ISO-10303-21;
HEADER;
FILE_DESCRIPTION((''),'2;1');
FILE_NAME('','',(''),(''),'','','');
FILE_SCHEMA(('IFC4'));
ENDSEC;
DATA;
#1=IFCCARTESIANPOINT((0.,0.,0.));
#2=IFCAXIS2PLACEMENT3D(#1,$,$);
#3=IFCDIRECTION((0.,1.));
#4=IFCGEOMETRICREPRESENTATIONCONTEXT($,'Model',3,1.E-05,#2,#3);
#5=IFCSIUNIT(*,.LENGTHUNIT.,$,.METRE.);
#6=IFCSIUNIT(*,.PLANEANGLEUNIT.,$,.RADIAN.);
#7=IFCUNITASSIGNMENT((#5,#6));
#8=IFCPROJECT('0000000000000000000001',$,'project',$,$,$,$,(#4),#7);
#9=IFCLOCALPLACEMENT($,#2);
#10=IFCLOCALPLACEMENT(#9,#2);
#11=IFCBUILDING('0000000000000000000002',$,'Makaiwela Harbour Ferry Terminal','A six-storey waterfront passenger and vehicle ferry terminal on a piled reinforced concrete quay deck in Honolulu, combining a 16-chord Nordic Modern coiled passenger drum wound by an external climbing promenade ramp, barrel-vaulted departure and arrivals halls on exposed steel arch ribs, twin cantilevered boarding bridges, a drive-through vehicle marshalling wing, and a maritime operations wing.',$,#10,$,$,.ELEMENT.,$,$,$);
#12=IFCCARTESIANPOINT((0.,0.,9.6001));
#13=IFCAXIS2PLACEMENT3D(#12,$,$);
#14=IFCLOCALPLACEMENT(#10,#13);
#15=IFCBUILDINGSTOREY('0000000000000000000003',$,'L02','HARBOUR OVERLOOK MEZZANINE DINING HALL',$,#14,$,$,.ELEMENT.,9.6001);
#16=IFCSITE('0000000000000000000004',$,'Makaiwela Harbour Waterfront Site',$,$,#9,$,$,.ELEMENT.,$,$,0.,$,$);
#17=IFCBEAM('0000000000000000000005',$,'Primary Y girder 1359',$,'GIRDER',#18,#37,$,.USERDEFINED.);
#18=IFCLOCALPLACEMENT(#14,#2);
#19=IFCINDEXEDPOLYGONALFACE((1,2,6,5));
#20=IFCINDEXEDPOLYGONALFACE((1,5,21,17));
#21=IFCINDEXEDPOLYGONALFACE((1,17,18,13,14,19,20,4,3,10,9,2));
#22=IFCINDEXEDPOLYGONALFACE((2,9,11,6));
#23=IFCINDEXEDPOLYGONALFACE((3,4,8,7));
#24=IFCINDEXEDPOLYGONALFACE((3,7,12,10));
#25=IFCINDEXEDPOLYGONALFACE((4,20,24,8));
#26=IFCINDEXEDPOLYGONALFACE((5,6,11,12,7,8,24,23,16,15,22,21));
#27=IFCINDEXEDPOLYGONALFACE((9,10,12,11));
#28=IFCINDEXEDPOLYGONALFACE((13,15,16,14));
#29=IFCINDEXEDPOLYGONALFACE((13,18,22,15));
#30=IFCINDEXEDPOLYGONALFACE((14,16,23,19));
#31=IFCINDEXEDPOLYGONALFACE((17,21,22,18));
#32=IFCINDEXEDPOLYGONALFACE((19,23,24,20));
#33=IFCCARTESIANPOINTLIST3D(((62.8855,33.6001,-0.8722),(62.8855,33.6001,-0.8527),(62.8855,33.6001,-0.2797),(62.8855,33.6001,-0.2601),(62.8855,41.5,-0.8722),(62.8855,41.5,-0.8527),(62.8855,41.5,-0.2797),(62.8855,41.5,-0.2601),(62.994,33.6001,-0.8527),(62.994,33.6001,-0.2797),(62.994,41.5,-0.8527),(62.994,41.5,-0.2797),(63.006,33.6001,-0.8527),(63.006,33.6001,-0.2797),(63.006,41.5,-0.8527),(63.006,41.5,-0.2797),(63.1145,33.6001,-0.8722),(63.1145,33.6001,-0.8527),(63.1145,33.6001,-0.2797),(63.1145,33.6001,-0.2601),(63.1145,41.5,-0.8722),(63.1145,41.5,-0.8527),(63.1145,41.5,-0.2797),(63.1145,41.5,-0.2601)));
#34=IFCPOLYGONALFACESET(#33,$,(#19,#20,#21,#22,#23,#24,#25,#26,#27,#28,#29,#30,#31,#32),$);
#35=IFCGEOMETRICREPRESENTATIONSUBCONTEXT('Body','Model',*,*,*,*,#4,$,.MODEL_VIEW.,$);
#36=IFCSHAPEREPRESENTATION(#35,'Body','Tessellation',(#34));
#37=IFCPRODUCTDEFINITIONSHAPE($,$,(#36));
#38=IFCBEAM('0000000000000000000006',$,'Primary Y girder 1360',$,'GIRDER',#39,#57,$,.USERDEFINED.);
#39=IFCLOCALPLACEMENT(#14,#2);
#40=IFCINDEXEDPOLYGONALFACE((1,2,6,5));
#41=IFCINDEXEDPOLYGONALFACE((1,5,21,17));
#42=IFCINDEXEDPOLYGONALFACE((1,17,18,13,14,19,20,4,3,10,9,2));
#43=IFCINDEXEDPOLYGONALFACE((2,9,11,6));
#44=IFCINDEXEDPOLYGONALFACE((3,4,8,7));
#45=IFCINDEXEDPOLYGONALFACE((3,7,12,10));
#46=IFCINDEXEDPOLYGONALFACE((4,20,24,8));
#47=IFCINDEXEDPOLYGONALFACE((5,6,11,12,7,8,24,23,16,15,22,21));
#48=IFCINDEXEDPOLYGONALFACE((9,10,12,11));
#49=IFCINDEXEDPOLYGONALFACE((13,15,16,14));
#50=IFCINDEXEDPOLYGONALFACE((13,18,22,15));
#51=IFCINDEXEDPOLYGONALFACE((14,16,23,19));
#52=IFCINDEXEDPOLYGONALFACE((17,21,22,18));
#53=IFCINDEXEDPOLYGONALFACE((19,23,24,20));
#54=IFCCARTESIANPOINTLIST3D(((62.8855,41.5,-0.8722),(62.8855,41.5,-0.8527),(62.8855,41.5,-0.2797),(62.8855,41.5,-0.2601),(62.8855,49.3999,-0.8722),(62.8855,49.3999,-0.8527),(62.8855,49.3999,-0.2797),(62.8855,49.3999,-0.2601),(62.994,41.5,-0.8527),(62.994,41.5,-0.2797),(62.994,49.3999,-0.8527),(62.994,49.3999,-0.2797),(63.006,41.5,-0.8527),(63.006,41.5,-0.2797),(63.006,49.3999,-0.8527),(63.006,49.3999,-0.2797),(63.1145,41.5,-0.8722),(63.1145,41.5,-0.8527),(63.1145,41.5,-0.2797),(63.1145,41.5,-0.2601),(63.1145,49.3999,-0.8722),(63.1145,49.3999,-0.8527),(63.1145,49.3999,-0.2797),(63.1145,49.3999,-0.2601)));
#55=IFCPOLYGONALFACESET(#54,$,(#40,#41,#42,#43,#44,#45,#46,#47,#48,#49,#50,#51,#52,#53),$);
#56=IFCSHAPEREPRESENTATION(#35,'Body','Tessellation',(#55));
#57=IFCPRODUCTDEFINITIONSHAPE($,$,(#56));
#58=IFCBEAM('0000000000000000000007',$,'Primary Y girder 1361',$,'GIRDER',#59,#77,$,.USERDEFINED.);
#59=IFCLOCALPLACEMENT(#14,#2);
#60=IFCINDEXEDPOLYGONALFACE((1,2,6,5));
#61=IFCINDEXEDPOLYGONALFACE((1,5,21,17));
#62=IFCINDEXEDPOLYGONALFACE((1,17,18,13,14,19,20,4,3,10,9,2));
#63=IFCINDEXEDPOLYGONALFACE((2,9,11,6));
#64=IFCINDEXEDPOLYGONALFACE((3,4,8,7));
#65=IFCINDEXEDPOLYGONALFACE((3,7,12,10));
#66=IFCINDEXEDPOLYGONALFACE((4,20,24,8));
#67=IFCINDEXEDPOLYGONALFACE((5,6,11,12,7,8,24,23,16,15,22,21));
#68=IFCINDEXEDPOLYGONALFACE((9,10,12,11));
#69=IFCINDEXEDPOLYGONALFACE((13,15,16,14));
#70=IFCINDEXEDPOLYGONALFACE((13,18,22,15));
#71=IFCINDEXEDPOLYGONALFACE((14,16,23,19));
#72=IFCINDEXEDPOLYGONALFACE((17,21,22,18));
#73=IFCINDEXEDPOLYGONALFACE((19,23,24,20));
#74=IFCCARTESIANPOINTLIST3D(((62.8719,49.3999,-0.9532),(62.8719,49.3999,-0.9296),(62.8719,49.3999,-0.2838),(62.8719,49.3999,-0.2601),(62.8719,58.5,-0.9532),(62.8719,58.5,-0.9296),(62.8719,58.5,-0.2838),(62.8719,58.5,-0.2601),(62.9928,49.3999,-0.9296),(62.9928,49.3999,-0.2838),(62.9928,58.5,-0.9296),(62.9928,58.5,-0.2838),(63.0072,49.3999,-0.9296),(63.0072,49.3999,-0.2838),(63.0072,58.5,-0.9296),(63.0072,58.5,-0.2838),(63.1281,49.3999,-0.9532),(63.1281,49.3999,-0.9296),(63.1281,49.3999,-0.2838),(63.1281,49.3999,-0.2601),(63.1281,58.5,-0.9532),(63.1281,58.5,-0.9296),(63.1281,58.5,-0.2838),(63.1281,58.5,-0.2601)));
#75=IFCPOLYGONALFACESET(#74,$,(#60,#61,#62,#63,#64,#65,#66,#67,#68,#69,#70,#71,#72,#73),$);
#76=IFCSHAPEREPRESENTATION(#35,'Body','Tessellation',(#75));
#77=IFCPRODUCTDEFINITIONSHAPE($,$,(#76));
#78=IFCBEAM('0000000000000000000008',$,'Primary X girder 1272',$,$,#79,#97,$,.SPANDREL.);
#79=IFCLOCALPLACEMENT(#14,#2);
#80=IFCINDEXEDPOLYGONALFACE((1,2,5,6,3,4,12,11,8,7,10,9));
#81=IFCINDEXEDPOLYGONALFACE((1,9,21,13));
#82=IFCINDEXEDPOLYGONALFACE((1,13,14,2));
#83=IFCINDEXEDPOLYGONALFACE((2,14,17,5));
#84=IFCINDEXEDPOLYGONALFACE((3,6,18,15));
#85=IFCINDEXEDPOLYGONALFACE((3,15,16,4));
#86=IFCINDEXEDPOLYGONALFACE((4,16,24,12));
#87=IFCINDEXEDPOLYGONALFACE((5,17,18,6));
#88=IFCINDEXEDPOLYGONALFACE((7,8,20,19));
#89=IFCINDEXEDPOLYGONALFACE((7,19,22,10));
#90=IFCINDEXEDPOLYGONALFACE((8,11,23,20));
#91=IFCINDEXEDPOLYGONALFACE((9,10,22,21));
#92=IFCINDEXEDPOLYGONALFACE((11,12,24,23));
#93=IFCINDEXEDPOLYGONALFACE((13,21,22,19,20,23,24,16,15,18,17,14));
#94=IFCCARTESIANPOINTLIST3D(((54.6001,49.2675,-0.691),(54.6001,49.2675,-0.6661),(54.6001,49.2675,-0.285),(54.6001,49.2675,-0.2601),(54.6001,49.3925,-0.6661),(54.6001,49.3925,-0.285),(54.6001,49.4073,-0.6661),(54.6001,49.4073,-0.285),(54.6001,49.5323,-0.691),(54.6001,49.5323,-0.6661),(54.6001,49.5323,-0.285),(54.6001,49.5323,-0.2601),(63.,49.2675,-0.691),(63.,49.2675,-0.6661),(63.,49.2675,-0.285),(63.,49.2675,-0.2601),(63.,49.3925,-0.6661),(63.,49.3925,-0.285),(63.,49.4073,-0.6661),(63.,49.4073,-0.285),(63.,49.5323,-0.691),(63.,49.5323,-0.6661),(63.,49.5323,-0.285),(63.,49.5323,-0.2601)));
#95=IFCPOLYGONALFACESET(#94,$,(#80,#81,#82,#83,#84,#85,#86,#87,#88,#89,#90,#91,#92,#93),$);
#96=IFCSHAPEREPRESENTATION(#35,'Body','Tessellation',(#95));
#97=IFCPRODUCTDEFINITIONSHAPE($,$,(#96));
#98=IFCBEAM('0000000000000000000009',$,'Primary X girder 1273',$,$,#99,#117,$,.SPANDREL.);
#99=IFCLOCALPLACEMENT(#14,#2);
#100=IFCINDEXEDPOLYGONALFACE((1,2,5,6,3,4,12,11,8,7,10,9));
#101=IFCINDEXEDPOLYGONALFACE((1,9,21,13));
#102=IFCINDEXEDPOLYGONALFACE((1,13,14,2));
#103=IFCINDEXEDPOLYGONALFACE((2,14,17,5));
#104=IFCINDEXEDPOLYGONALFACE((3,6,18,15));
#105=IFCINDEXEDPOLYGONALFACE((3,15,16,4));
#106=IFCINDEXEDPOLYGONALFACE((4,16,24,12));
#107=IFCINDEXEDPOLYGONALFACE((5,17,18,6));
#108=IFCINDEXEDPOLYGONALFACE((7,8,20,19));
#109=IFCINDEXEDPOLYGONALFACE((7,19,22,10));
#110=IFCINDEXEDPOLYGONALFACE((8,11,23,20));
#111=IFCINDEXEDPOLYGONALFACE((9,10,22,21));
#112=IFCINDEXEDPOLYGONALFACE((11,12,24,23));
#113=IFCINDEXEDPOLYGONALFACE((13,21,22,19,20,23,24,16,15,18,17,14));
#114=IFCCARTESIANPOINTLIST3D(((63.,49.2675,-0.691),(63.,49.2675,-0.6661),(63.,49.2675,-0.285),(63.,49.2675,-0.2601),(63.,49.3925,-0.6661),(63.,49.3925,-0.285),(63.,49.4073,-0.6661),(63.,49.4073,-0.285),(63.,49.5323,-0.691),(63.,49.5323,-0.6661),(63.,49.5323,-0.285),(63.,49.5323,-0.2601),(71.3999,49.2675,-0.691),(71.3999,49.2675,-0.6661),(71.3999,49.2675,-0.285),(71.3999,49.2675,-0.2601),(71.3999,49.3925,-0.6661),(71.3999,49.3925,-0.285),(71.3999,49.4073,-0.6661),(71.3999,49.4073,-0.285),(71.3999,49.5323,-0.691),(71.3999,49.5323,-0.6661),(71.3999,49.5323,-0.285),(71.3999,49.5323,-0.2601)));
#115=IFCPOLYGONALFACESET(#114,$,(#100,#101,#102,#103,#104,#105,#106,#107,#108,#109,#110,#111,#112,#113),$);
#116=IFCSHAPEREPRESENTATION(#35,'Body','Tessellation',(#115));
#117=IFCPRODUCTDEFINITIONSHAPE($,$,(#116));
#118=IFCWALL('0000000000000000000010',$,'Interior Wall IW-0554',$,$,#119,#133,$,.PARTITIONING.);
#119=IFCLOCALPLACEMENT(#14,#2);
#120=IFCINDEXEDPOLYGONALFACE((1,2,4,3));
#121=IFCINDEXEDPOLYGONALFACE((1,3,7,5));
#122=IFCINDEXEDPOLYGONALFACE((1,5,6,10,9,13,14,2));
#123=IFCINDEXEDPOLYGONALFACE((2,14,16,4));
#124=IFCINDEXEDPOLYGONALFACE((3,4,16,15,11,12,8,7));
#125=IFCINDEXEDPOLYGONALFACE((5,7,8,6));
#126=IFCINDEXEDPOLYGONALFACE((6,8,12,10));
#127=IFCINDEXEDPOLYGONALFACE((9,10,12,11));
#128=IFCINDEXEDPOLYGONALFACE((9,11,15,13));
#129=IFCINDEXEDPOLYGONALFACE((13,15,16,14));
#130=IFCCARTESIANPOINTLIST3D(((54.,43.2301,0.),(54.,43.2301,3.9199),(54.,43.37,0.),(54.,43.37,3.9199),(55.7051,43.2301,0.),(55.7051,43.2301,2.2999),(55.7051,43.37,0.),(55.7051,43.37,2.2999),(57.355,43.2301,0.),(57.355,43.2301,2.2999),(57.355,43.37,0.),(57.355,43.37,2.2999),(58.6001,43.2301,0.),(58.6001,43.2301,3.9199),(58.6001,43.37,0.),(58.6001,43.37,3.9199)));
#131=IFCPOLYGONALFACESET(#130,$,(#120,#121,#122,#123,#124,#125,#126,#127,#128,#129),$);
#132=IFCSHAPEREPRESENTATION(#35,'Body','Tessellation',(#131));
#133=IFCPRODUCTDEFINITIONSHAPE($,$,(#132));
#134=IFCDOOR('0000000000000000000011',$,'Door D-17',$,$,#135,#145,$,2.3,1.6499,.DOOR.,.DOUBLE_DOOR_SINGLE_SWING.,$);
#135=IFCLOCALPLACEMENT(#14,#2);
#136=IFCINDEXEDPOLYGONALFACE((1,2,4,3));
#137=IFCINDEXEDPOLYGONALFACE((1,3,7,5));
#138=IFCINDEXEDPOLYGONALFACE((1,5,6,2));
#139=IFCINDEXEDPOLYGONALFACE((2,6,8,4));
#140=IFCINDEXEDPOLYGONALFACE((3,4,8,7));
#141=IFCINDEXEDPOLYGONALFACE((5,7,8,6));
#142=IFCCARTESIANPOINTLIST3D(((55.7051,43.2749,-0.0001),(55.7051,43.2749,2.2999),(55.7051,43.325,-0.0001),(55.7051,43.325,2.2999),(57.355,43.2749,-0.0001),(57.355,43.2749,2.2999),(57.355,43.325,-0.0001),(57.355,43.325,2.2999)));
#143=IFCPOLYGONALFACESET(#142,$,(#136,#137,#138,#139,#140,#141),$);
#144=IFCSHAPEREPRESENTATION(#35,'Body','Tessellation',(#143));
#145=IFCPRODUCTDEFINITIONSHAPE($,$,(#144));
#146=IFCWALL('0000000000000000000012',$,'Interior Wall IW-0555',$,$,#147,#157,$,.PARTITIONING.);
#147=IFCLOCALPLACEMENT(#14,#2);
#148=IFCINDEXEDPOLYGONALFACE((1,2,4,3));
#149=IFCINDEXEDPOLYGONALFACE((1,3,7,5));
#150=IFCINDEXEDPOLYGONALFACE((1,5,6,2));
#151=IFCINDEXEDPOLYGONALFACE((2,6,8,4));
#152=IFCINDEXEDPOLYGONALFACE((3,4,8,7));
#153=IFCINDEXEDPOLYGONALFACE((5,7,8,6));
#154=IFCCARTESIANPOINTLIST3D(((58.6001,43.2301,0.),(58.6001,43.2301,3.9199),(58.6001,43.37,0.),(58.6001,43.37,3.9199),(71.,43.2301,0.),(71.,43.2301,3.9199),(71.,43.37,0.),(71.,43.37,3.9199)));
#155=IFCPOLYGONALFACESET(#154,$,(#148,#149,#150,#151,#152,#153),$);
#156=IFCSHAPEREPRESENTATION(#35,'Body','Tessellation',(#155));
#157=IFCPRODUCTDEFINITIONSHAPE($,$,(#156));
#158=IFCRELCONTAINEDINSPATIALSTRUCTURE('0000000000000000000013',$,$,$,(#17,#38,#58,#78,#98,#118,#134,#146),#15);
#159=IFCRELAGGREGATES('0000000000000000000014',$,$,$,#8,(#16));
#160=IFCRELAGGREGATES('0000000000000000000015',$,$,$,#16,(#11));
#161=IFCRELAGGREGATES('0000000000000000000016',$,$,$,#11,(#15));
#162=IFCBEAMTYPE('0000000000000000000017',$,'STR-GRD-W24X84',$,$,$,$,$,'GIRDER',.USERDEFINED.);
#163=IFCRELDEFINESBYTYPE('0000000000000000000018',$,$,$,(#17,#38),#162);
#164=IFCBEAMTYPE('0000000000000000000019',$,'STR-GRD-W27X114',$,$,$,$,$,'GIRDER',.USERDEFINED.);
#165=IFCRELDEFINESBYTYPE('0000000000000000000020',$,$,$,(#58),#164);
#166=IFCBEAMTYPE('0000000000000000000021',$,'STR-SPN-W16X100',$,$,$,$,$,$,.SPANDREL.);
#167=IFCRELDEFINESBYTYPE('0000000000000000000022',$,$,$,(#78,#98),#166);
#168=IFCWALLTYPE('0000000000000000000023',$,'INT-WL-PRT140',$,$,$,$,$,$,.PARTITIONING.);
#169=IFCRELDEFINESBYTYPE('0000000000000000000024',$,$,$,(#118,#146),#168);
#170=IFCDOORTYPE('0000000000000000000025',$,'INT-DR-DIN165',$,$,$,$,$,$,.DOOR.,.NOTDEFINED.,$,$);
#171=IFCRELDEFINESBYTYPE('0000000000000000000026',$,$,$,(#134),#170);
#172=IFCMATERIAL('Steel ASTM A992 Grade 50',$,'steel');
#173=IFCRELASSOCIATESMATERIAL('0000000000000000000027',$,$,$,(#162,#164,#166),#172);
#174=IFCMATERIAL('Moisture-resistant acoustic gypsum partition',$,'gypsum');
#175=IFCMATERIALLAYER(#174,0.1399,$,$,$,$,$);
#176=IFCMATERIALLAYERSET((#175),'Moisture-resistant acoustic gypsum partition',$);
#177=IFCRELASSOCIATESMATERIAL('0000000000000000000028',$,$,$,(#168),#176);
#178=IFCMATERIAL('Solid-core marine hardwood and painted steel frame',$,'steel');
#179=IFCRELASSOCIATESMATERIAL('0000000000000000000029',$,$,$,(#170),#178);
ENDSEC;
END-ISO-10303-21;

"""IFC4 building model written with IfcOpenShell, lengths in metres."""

from ifc_helpers import new_model, si_unit, direction, frame, frame_2d, origin, origin_2d, place, context, subcontext, project, spatial, rectangle, i_section, extrude, material, layer, layer_set, material_profile, profile_set, type_object, element, fill, save


model = new_model("IFC4")

# Units and contexts
model_context = context("Model", 3, precision=1e-05, world=origin(), true_north=direction((0.0, 1.0)))
body_context = subcontext(model_context, "Body", "Model", "MODEL_VIEW")
ifc_project = project(units=[si_unit("LENGTHUNIT", "METRE"), si_unit("PLANEANGLEUNIT", "RADIAN")], contexts=[model_context])

# Site, building, storey
site_placement = place(None, origin())
site = spatial("IfcSite", under=ifc_project, at=site_placement, Name="Makaiwela Harbour Waterfront Site", CompositionType="ELEMENT", RefElevation=0.0)
building_placement = place(site_placement, origin())
building = spatial("IfcBuilding", under=site, at=building_placement, Name="Makaiwela Harbour Ferry Terminal", Description="A six-storey waterfront passenger and vehicle ferry terminal on a piled reinforced concrete quay deck in Honolulu, combining a 16-chord Nordic Modern coiled passenger drum wound by an external climbing promenade ramp, barrel-vaulted departure and arrivals halls on exposed steel arch ribs, twin cantilevered boarding bridges, a drive-through vehicle marshalling wing, and a maritime operations wing.", CompositionType="ELEMENT")
storey_placement = place(building_placement, frame((0.0, 0.0, 9.6001)))
storey = spatial("IfcBuildingStorey", under=building, at=storey_placement, Name="L02", Description="HARBOUR OVERLOOK MEZZANINE DINING HALL", CompositionType="ELEMENT", Elevation=9.6001)

# Shared definitions
ifc_material_1 = material(Name="Steel ASTM A992 Grade 50", Category="steel")

# Beams
ifc_material_profile_1 = material_profile(ifc_material_1, i_section(OverallWidth=0.229, OverallDepth=0.6121, WebThickness=0.012, FlangeThickness=0.0195, at=origin_2d()), Name="W24X84")
ifc_profile_set_1 = profile_set([ifc_material_profile_1], Name="Steel ASTM A992 Grade 50")
beam_type_1 = type_object("IfcBeamType", Name="STR-GRD-W24X84", ElementType="GIRDER", PredefinedType="USERDEFINED", material=ifc_profile_set_1)
for number, where, z_axis, x_axis, name in (
    (1, (63.0, 33.6001, -0.5662), (0.0, 1.0, 0.0), (-1.0, 0.0, 0.0), "Primary Y girder 1359"),
    (2, (63.0, 41.5, -0.5662), (0.0, 1.0, 0.0), (-1.0, 0.0, 0.0), "Primary Y girder 1360"),
):
    element("IfcBeam", number, at=place(storey_placement, frame(where, z_axis=z_axis, x_axis=x_axis)), inside=storey, type_object=beam_type_1, Name=name, ObjectType="GIRDER", PredefinedType="USERDEFINED", context=body_context, shape_type="SweptSolid", body=[
        extrude(i_section(OverallWidth=0.229, OverallDepth=0.6121, WebThickness=0.012, FlangeThickness=0.0195, at=origin_2d()), origin(), (0.0, 0.0, 1.0), 7.8999),
    ])
ifc_material_profile_2 = material_profile(ifc_material_1, i_section(OverallWidth=0.2561, OverallDepth=0.6931, WebThickness=0.0144, FlangeThickness=0.0237, at=origin_2d()), Name="W27X114")
ifc_profile_set_2 = profile_set([ifc_material_profile_2], Name="Steel ASTM A992 Grade 50")
beam_type_2 = type_object("IfcBeamType", Name="STR-GRD-W27X114", ElementType="GIRDER", PredefinedType="USERDEFINED", material=ifc_profile_set_2)
beam_1_placement = place(storey_placement, frame((63.0, 49.3999, -0.6067), z_axis=(0.0, 1.0, 0.0), x_axis=(-1.0, 0.0, 0.0)))
element("IfcBeam", 3, at=beam_1_placement, inside=storey, type_object=beam_type_2, Name="Primary Y girder 1361", ObjectType="GIRDER", PredefinedType="USERDEFINED", context=body_context, shape_type="SweptSolid", body=[
    extrude(i_section(OverallWidth=0.2561, OverallDepth=0.6931, WebThickness=0.0144, FlangeThickness=0.0237, at=origin_2d()), origin(), (0.0, 0.0, 1.0), 9.1001),
])
ifc_material_profile_3 = material_profile(ifc_material_1, i_section(OverallWidth=0.2649, OverallDepth=0.4309, WebThickness=0.0149, FlangeThickness=0.0249, at=origin_2d()), Name="W16X100")
ifc_profile_set_3 = profile_set([ifc_material_profile_3], Name="Steel ASTM A992 Grade 50")
beam_type_3 = type_object("IfcBeamType", Name="STR-SPN-W16X100", PredefinedType="SPANDREL", material=ifc_profile_set_3)
for number, where, z_axis, x_axis, name in (
    (4, (54.6001, 49.3999, -0.4756), (1.0, 0.0, 0.0), (0.0, 1.0, 0.0), "Primary X girder 1272"),
    (5, (63.0, 49.3999, -0.4756), (1.0, 0.0, 0.0), (0.0, 1.0, 0.0), "Primary X girder 1273"),
):
    element("IfcBeam", number, at=place(storey_placement, frame(where, z_axis=z_axis, x_axis=x_axis)), inside=storey, type_object=beam_type_3, Name=name, PredefinedType="SPANDREL", context=body_context, shape_type="SweptSolid", body=[
        extrude(i_section(OverallWidth=0.2649, OverallDepth=0.4309, WebThickness=0.0149, FlangeThickness=0.0249, at=origin_2d()), origin(), (0.0, 0.0, 1.0), 8.3999),
    ])

# Wall, opening, door
ifc_material_2 = material(Name="Moisture-resistant acoustic gypsum partition", Category="gypsum")
ifc_layer = layer(ifc_material_2, 0.1399)
ifc_layer_set = layer_set([ifc_layer], Name="Moisture-resistant acoustic gypsum partition")
wall_type = type_object("IfcWallType", Name="INT-WL-PRT140", PredefinedType="PARTITIONING", material=ifc_layer_set)
wall_1_placement = place(storey_placement, frame((54.0, 43.3, 0.0), z_axis=(0.0, 0.0, 1.0), x_axis=(1.0, 0.0, 0.0)))
wall_1 = element("IfcWall", 6, at=wall_1_placement, inside=storey, type_object=wall_type, Name="Interior Wall IW-0554", PredefinedType="PARTITIONING", context=body_context, shape_type="SweptSolid", body=[
    extrude(rectangle(XDim=4.6001, YDim=0.1399, at=frame_2d((2.3, 0.0))), origin(), (0.0, 0.0, 1.0), 3.9199),
])
opening_placement = place(wall_1_placement, frame((1.7051, 0.0, 0.0)))
opening = element("IfcOpeningElement", 7, at=opening_placement, cuts=wall_1, PredefinedType="OPENING", context=body_context, shape_type="SweptSolid", body=[
    extrude(rectangle(XDim=1.6499, YDim=2.3, at=frame_2d((0.825, 1.1499))), frame((0.0, 0.0798, 0.0), z_axis=(0.0, -1.0, 0.0), x_axis=(1.0, 0.0, 0.0)), (0.0, 0.0, 1.0), 0.1599),
])
ifc_material_3 = material(Name="Solid-core marine hardwood and painted steel frame", Category="steel")
door_type = type_object("IfcDoorType", Name="INT-DR-DIN165", OperationType="NOTDEFINED", PredefinedType="DOOR", material=ifc_material_3)
door_placement = place(opening_placement, origin())
door = element("IfcDoor", 8, at=door_placement, inside=storey, type_object=door_type, Name="Door D-17", OperationType="DOUBLE_DOOR_SINGLE_SWING", OverallHeight=2.3, OverallWidth=1.6499, PredefinedType="DOOR", context=body_context, shape_type="SweptSolid", body=[
    extrude(rectangle(XDim=1.6499, YDim=2.3, at=frame_2d((0.825, 1.1499))), frame((0.0, 0.0249, 0.0), z_axis=(0.0, -1.0, 0.0), x_axis=(1.0, 0.0, 0.0)), (0.0, 0.0, 1.0), 0.05),
])
fill(opening, door)

# Wall
wall_2_placement = place(storey_placement, frame((58.6001, 43.3, 0.0), z_axis=(0.0, 0.0, 1.0), x_axis=(1.0, 0.0, 0.0)))
element("IfcWall", 9, at=wall_2_placement, inside=storey, type_object=wall_type, Name="Interior Wall IW-0555", PredefinedType="PARTITIONING", context=body_context, shape_type="SweptSolid", body=[
    extrude(rectangle(XDim=12.3999, YDim=0.1399, at=frame_2d((6.2, 0.0))), origin(), (0.0, 0.0, 1.0), 3.9199),
])

save(model, "model.ifc")
